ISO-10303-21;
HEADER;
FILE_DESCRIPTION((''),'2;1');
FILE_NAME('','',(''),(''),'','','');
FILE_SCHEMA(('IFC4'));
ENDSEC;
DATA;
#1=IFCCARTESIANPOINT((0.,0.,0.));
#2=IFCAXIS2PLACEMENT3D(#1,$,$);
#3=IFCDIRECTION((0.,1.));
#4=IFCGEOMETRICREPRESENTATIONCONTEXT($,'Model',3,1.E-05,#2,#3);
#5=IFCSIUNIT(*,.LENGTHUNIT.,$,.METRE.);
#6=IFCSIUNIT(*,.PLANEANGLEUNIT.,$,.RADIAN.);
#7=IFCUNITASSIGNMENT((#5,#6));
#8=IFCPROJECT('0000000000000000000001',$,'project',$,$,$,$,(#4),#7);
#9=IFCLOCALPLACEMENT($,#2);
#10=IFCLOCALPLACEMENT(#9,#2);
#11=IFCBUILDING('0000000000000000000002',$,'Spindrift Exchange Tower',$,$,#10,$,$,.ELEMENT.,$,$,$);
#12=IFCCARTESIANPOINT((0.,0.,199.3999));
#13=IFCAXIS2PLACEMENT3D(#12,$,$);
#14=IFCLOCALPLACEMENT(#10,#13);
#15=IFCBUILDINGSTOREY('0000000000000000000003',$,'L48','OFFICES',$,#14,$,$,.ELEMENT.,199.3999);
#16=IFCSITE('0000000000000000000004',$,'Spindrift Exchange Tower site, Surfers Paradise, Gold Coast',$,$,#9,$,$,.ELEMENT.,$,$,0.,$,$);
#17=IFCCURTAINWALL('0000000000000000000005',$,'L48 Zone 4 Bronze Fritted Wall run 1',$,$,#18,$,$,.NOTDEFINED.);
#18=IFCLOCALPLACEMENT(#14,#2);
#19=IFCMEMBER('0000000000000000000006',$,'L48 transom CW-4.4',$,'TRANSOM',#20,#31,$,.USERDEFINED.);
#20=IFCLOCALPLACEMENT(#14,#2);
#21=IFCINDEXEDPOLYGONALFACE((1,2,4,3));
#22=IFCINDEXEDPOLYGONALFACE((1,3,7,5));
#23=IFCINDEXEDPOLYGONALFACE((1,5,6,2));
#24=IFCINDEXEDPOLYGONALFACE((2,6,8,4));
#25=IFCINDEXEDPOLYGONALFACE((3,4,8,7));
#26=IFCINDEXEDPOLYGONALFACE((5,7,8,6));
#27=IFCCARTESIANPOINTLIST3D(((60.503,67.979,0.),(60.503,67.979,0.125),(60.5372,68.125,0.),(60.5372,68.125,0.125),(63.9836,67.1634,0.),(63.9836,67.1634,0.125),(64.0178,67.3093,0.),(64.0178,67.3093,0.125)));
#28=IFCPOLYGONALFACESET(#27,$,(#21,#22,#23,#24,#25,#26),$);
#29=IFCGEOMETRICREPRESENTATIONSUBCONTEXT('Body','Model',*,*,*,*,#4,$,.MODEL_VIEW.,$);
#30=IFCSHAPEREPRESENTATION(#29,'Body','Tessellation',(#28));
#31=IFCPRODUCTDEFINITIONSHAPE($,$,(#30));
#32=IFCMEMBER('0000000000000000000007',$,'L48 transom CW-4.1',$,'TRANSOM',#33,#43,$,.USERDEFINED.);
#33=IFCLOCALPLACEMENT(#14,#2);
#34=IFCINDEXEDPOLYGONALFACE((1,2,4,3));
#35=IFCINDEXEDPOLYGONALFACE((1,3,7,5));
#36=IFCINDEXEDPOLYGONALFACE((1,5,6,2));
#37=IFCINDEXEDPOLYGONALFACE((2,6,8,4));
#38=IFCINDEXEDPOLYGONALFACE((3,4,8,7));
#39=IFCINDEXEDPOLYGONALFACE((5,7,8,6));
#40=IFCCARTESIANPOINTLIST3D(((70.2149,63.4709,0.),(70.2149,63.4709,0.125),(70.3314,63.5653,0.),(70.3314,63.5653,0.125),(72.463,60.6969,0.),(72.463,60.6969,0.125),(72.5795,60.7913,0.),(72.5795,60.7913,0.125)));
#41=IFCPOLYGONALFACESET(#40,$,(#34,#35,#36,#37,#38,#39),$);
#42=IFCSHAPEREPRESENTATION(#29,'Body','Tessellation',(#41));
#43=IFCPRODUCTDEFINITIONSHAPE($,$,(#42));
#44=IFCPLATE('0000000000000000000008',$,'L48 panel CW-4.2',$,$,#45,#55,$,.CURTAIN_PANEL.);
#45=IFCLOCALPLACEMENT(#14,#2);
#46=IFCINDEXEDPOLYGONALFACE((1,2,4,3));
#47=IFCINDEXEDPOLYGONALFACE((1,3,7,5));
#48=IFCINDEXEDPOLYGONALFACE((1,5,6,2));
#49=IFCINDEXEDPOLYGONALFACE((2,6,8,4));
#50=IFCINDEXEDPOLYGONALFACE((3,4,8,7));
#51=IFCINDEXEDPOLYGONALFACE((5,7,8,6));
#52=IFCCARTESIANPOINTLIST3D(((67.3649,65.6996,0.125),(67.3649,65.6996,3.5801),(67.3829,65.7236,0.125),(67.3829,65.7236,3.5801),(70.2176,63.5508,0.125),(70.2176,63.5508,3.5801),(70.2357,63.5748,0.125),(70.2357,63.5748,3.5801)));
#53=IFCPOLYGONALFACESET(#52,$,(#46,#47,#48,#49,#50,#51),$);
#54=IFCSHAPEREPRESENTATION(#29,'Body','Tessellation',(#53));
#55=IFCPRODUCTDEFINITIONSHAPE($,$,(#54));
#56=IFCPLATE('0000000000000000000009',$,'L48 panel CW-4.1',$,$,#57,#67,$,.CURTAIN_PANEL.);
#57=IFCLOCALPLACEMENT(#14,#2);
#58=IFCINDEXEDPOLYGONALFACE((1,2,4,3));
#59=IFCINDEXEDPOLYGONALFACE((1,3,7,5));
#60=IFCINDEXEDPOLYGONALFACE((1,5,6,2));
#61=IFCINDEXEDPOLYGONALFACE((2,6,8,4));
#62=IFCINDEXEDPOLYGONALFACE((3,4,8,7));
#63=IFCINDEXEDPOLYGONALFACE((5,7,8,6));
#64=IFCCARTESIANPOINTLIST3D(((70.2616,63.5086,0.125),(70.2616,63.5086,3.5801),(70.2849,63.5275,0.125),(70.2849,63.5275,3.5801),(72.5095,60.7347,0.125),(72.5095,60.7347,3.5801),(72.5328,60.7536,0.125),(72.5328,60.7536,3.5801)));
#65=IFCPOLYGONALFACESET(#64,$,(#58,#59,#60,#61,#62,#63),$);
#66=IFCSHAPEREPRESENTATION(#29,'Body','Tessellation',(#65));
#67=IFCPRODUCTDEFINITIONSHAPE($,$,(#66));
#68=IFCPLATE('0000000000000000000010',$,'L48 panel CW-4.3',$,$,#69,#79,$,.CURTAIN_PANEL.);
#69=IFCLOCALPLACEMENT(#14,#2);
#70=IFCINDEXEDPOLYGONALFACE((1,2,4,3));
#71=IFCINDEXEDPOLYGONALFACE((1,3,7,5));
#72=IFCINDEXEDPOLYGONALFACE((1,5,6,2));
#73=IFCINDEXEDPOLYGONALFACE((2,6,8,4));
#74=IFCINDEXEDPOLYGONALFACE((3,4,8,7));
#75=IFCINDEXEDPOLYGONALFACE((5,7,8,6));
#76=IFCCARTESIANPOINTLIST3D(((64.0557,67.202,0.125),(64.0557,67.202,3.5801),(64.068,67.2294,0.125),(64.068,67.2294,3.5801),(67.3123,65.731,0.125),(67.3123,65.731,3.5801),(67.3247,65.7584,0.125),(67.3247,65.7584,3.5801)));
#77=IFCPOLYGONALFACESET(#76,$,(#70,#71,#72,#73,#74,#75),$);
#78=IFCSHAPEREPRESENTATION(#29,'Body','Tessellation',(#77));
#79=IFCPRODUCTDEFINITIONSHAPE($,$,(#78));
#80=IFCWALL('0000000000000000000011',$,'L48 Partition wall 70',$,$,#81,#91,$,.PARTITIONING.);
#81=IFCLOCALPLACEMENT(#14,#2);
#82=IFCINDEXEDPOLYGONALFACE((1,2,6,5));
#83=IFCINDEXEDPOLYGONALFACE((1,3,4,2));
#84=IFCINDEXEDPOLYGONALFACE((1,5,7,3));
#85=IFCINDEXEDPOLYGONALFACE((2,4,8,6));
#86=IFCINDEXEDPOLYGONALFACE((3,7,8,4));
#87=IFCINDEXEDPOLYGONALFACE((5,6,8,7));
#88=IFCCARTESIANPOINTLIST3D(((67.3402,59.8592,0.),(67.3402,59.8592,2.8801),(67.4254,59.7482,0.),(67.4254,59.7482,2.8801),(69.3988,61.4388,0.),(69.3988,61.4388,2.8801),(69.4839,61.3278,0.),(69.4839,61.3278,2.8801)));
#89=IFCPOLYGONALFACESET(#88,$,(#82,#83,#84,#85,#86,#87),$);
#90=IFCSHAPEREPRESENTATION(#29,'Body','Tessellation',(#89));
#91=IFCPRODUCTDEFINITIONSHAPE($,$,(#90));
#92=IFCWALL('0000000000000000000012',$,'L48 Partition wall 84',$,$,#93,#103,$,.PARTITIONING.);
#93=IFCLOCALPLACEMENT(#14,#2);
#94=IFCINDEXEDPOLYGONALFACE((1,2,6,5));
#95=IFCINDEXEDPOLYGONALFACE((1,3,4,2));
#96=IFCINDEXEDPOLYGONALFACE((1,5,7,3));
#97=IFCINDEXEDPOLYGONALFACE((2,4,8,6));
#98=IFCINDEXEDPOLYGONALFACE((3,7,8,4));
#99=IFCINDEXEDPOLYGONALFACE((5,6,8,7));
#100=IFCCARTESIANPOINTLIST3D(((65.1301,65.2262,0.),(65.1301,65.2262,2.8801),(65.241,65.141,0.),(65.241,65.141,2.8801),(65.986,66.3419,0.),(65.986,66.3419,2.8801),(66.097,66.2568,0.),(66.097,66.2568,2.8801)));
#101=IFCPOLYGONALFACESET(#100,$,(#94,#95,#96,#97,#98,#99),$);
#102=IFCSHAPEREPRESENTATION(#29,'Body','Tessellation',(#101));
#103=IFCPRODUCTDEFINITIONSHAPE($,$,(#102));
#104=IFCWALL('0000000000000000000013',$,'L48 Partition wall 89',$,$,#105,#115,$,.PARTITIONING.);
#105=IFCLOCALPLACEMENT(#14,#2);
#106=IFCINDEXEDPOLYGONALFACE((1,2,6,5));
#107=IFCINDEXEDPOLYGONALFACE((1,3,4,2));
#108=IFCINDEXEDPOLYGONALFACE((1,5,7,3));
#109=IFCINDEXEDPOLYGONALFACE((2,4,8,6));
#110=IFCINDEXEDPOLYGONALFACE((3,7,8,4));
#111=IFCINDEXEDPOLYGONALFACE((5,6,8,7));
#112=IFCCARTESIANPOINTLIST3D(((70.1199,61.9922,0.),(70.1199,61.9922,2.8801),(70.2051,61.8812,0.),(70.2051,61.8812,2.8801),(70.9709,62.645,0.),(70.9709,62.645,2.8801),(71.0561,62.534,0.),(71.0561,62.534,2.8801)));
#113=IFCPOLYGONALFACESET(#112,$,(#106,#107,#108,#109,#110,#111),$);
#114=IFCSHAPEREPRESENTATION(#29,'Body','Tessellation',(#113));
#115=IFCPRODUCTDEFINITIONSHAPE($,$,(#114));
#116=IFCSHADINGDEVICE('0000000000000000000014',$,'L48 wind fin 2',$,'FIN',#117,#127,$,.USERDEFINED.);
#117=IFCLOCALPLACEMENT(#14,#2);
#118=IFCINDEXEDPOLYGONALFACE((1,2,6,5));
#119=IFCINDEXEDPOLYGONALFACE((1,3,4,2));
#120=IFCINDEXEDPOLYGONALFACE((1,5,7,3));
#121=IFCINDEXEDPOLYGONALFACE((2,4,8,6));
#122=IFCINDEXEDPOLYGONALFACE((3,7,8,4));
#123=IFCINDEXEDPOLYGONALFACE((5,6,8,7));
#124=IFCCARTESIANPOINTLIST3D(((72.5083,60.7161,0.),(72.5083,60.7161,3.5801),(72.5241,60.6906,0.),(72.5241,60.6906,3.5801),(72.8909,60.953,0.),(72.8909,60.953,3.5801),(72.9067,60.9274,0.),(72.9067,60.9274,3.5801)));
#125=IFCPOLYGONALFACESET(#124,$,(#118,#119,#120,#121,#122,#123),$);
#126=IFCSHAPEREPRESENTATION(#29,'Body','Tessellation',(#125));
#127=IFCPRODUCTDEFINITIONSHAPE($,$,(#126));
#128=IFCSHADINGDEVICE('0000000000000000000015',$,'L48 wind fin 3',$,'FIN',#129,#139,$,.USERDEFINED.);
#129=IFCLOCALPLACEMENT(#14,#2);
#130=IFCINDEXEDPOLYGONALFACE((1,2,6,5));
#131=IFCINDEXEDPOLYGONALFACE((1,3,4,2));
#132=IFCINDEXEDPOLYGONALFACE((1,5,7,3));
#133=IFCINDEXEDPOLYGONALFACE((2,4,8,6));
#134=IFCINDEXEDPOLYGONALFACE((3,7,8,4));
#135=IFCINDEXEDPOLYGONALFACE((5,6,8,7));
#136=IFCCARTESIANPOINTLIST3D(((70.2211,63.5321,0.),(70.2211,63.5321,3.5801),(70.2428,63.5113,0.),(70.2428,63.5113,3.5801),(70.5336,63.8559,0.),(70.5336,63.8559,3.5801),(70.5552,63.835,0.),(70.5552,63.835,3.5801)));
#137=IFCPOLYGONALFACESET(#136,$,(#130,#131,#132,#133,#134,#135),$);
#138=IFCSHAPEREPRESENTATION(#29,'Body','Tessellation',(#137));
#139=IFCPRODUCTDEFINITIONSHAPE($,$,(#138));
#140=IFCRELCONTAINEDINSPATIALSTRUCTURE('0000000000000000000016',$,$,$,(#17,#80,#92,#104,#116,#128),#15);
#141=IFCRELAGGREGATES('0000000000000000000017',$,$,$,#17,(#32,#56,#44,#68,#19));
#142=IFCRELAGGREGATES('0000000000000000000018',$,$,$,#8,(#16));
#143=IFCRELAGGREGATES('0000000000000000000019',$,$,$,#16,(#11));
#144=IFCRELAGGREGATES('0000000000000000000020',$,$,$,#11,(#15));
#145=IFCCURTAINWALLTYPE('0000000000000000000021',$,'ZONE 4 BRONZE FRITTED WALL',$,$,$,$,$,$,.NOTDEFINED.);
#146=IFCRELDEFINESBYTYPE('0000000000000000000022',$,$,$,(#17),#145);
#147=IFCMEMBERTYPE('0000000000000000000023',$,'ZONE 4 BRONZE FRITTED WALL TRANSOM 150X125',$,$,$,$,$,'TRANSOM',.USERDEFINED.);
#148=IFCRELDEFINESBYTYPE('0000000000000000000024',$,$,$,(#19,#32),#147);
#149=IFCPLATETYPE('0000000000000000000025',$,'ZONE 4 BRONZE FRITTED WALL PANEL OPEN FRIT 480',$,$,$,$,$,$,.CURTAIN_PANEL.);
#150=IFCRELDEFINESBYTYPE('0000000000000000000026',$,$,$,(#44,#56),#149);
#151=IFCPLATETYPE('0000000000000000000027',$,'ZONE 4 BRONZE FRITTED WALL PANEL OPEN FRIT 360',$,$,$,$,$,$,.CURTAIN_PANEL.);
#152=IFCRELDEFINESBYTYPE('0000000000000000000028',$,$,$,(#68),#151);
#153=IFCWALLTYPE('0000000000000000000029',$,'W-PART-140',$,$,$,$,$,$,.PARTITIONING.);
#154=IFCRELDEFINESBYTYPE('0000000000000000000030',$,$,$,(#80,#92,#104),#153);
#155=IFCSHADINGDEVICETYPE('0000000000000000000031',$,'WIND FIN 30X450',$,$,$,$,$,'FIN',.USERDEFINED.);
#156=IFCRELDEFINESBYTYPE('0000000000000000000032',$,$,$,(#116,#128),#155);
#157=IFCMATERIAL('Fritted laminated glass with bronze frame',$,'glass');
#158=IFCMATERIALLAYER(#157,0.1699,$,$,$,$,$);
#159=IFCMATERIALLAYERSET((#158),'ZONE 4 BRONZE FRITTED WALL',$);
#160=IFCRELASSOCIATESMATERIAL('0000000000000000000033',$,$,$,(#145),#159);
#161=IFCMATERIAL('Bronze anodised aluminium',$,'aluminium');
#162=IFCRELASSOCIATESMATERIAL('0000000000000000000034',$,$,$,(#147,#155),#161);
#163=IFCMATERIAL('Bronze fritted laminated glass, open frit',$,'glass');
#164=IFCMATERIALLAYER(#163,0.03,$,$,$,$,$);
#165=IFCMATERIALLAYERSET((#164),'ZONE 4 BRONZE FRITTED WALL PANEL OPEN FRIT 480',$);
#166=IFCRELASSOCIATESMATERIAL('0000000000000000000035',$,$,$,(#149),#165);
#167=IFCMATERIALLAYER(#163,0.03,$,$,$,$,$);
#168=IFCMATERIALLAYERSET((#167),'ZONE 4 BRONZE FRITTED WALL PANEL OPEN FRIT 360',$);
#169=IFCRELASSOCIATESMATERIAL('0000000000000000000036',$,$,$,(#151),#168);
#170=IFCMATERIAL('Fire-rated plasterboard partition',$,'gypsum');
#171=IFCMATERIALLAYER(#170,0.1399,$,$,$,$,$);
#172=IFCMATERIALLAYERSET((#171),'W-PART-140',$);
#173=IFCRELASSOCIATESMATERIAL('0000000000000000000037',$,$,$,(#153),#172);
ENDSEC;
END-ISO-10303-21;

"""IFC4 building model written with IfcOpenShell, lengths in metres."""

from ifc_helpers import new_model, si_unit, direction, frame, frame_2d, origin, origin_2d, place, context, subcontext, project, spatial, rectangle, extrude, source, transform, mapped, material, layer, layer_set, material_profile, profile_set, type_object, element, aggregate, save


model = new_model("IFC4")

# Units and contexts
model_context = context("Model", 3, precision=1e-05, world=origin(), true_north=direction((0.0, 1.0)))
body_context = subcontext(model_context, "Body", "Model", "MODEL_VIEW")
ifc_project = project(units=[si_unit("LENGTHUNIT", "METRE"), si_unit("PLANEANGLEUNIT", "RADIAN")], contexts=[model_context])

# Site, building, storey
site_placement = place(None, origin())
site = spatial("IfcSite", under=ifc_project, at=site_placement, Name="Spindrift Exchange Tower site, Surfers Paradise, Gold Coast", CompositionType="ELEMENT", RefElevation=0.0)
building_placement = place(site_placement, origin())
building = spatial("IfcBuilding", under=site, at=building_placement, Name="Spindrift Exchange Tower", CompositionType="ELEMENT")
storey_placement = place(building_placement, frame((0.0, 0.0, 199.3999)))
storey = spatial("IfcBuildingStorey", under=building, at=storey_placement, Name="L48", Description="OFFICES", CompositionType="ELEMENT", Elevation=199.3999)

# Curtain wall, members, plates
ifc_material_1 = material(Name="Fritted laminated glass with bronze frame", Category="glass")
ifc_layer_1 = layer(ifc_material_1, 0.1699)
ifc_layer_set_1 = layer_set([ifc_layer_1], Name="ZONE 4 BRONZE FRITTED WALL")
curtain_wall_type = type_object("IfcCurtainWallType", Name="ZONE 4 BRONZE FRITTED WALL", PredefinedType="NOTDEFINED", material=ifc_layer_set_1)
curtain_wall_placement = place(storey_placement, origin())
curtain_wall = element("IfcCurtainWall", 1, at=curtain_wall_placement, inside=storey, type_object=curtain_wall_type, Name="L48 Zone 4 Bronze Fritted Wall run 1", PredefinedType="NOTDEFINED")
ifc_material_2 = material(Name="Bronze anodised aluminium", Category="aluminium")
ifc_material_profile_1 = material_profile(ifc_material_2, rectangle(XDim=0.1499, YDim=0.125, at=origin_2d()), Name="ZONE 4 BRONZE FRITTED WALL TRANSOM 150X125")
ifc_profile_set_1 = profile_set([ifc_material_profile_1], Name="Bronze anodised aluminium")
member_type_1 = type_object("IfcMemberType", Name="ZONE 4 BRONZE FRITTED WALL TRANSOM 150X125", ElementType="TRANSOM", PredefinedType="USERDEFINED", material=ifc_profile_set_1)
shared_shape_1 = source(origin(), body_context, "Body", "SweptSolid", [
    extrude(rectangle(XDim=0.1499, YDim=0.125, at=origin_2d()), origin(), (0.0, 0.0, 1.0), 3.575),
])
member_1_placement = place(storey_placement, frame((64.0007, 67.2363, 0.0625), z_axis=(-0.973624, 0.22816, 0.0), x_axis=(-0.22816, -0.973624, 0.0)))
member_1 = element("IfcMember", 2, at=member_1_placement, type_object=member_type_1, Name="L48 transom CW-4.4", ObjectType="TRANSOM", PredefinedType="USERDEFINED", context=body_context, shape_type="MappedRepresentation", body=[
    mapped(shared_shape_1, transform((0.0, 0.0, 0.0), scale=1.0)),
])
shared_shape_2 = source(origin(), body_context, "Body", "SweptSolid", [
    extrude(rectangle(XDim=0.1499, YDim=0.125, at=origin_2d()), origin(), (0.0, 0.0, 1.0), 3.5706),
])
member_2_placement = place(storey_placement, frame((72.5212, 60.7441, 0.0625), z_axis=(-0.629619, 0.776904, 0.0), x_axis=(-0.776904, -0.629619, 0.0)))
member_2 = element("IfcMember", 3, at=member_2_placement, type_object=member_type_1, Name="L48 transom CW-4.1", ObjectType="TRANSOM", PredefinedType="USERDEFINED", context=body_context, shape_type="MappedRepresentation", body=[
    mapped(shared_shape_2, transform((0.0, 0.0, 0.0), scale=1.0)),
])
ifc_material_3 = material(Name="Bronze fritted laminated glass, open frit", Category="glass")
ifc_layer_2 = layer(ifc_material_3, 0.03)
ifc_layer_set_2 = layer_set([ifc_layer_2], Name="ZONE 4 BRONZE FRITTED WALL PANEL OPEN FRIT 480")
plate_type_1 = type_object("IfcPlateType", Name="ZONE 4 BRONZE FRITTED WALL PANEL OPEN FRIT 480", PredefinedType="CURTAIN_PANEL", material=ifc_layer_set_2)
shared_shape_3 = source(origin(), body_context, "Body", "SweptSolid", [
    extrude(rectangle(XDim=3.5715, YDim=0.03, at=origin_2d()), origin(), (0.0, 0.0, 1.0), 3.4551),
])
plate_1_placement = place(storey_placement, frame((68.8003, 64.6372, 0.125), z_axis=(0.0, 0.0, 1.0), x_axis=(-0.798748, 0.601666, 0.0)))
plate_1 = element("IfcPlate", 4, at=plate_1_placement, type_object=plate_type_1, Name="L48 panel CW-4.2", PredefinedType="CURTAIN_PANEL", context=body_context, shape_type="MappedRepresentation", body=[
    mapped(shared_shape_3, transform((0.0, 0.0, 0.0), scale=1.0)),
])
shared_shape_4 = source(origin(), body_context, "Body", "SweptSolid", [
    extrude(rectangle(XDim=3.5703, YDim=0.03, at=origin_2d()), origin(), (0.0, 0.0, 1.0), 3.4551),
])
plate_2_placement = place(storey_placement, frame((71.3972, 62.1311, 0.125), z_axis=(0.0, 0.0, 1.0), x_axis=(-0.629608, 0.776913, 0.0)))
plate_2 = element("IfcPlate", 5, at=plate_2_placement, type_object=plate_type_1, Name="L48 panel CW-4.1", PredefinedType="CURTAIN_PANEL", context=body_context, shape_type="MappedRepresentation", body=[
    mapped(shared_shape_4, transform((0.0, 0.0, 0.0), scale=1.0)),
])
ifc_layer_3 = layer(ifc_material_3, 0.03)
ifc_layer_set_3 = layer_set([ifc_layer_3], Name="ZONE 4 BRONZE FRITTED WALL PANEL OPEN FRIT 360")
plate_type_2 = type_object("IfcPlateType", Name="ZONE 4 BRONZE FRITTED WALL PANEL OPEN FRIT 360", PredefinedType="CURTAIN_PANEL", material=ifc_layer_set_3)
shared_shape_5 = source(origin(), body_context, "Body", "SweptSolid", [
    extrude(rectangle(XDim=3.5735, YDim=0.03, at=origin_2d()), origin(), (0.0, 0.0, 1.0), 3.4551),
])
plate_3_placement = place(storey_placement, frame((65.6902, 66.4802, 0.125), z_axis=(0.0, 0.0, 1.0), x_axis=(-0.911346, 0.411642, 0.0)))
plate_3 = element("IfcPlate", 6, at=plate_3_placement, type_object=plate_type_2, Name="L48 panel CW-4.3", PredefinedType="CURTAIN_PANEL", context=body_context, shape_type="MappedRepresentation", body=[
    mapped(shared_shape_5, transform((0.0, 0.0, 0.0), scale=1.0)),
])
aggregate(curtain_wall, [member_2, plate_2, plate_1, plate_3, member_1])

# Walls
ifc_material_4 = material(Name="Fire-rated plasterboard partition", Category="gypsum")
ifc_layer_4 = layer(ifc_material_4, 0.1399)
ifc_layer_set_4 = layer_set([ifc_layer_4], Name="W-PART-140")
wall_type = type_object("IfcWallType", Name="W-PART-140", PredefinedType="PARTITIONING", material=ifc_layer_set_4)
wall_1_placement = place(storey_placement, frame((67.3828, 59.8037, 0.0), z_axis=(0.0, 0.0, 1.0), x_axis=(0.793358, 0.608755, 0.0)))
element("IfcWall", 7, at=wall_1_placement, inside=storey, type_object=wall_type, Name="L48 Partition wall 70", PredefinedType="PARTITIONING", context=body_context, shape_type="SweptSolid", body=[
    extrude(rectangle(XDim=2.5947, YDim=0.1399, at=frame_2d((1.2974, 0.0))), origin(), (0.0, 0.0, 1.0), 2.8801),
])
wall_2_placement = place(storey_placement, frame((65.1855, 65.1836, 0.0), z_axis=(0.0, 0.0, 1.0), x_axis=(0.608687, 0.793411, 0.0)))
element("IfcWall", 8, at=wall_2_placement, inside=storey, type_object=wall_type, Name="L48 Partition wall 84", PredefinedType="PARTITIONING", context=body_context, shape_type="SweptSolid", body=[
    extrude(rectangle(XDim=1.4062, YDim=0.1399, at=frame_2d((0.7031, 0.0))), origin(), (0.0, 0.0, 1.0), 2.8801),
])
wall_3_placement = place(storey_placement, frame((70.1626, 61.9368, 0.0), z_axis=(0.0, 0.0, 1.0), x_axis=(0.793452, 0.608632, 0.0)))
element("IfcWall", 9, at=wall_3_placement, inside=storey, type_object=wall_type, Name="L48 Partition wall 89", PredefinedType="PARTITIONING", context=body_context, shape_type="SweptSolid", body=[
    extrude(rectangle(XDim=1.0725, YDim=0.1399, at=frame_2d((0.5361, 0.0))), origin(), (0.0, 0.0, 1.0), 2.8801),
])

# Shading devices
ifc_material_profile_2 = material_profile(ifc_material_2, rectangle(XDim=0.03, YDim=0.45, at=origin_2d()), Name="WIND FIN 30X450")
ifc_profile_set_2 = profile_set([ifc_material_profile_2], Name="Bronze anodised aluminium")
shading_device_type = type_object("IfcShadingDeviceType", Name="WIND FIN 30X450", ElementType="FIN", PredefinedType="USERDEFINED", material=ifc_profile_set_2)
shared_shape_6 = source(origin(), body_context, "Body", "SweptSolid", [
    extrude(rectangle(XDim=0.03, YDim=0.45, at=origin_2d()), origin(), (0.0, 0.0, 1.0), 3.5801),
])
for number, where, z_axis, x_axis, name in (
    (10, (72.7075, 60.8218, 0.0), (0.0, 0.0, 1.0), (-0.526434, 0.850216, 0.0), "L48 wind fin 2"),
    (11, (70.3882, 63.6836, 0.0), (0.0, 0.0, 1.0), (-0.719533, 0.694459, 0.0), "L48 wind fin 3"),
):
    element("IfcShadingDevice", number, at=place(storey_placement, frame(where, z_axis=z_axis, x_axis=x_axis)), inside=storey, type_object=shading_device_type, Name=name, ObjectType="FIN", PredefinedType="USERDEFINED", context=body_context, shape_type="MappedRepresentation", body=[
        mapped(shared_shape_6, transform((0.0, 0.0, 0.0), scale=1.0)),
    ])

save(model, "model.ifc")
